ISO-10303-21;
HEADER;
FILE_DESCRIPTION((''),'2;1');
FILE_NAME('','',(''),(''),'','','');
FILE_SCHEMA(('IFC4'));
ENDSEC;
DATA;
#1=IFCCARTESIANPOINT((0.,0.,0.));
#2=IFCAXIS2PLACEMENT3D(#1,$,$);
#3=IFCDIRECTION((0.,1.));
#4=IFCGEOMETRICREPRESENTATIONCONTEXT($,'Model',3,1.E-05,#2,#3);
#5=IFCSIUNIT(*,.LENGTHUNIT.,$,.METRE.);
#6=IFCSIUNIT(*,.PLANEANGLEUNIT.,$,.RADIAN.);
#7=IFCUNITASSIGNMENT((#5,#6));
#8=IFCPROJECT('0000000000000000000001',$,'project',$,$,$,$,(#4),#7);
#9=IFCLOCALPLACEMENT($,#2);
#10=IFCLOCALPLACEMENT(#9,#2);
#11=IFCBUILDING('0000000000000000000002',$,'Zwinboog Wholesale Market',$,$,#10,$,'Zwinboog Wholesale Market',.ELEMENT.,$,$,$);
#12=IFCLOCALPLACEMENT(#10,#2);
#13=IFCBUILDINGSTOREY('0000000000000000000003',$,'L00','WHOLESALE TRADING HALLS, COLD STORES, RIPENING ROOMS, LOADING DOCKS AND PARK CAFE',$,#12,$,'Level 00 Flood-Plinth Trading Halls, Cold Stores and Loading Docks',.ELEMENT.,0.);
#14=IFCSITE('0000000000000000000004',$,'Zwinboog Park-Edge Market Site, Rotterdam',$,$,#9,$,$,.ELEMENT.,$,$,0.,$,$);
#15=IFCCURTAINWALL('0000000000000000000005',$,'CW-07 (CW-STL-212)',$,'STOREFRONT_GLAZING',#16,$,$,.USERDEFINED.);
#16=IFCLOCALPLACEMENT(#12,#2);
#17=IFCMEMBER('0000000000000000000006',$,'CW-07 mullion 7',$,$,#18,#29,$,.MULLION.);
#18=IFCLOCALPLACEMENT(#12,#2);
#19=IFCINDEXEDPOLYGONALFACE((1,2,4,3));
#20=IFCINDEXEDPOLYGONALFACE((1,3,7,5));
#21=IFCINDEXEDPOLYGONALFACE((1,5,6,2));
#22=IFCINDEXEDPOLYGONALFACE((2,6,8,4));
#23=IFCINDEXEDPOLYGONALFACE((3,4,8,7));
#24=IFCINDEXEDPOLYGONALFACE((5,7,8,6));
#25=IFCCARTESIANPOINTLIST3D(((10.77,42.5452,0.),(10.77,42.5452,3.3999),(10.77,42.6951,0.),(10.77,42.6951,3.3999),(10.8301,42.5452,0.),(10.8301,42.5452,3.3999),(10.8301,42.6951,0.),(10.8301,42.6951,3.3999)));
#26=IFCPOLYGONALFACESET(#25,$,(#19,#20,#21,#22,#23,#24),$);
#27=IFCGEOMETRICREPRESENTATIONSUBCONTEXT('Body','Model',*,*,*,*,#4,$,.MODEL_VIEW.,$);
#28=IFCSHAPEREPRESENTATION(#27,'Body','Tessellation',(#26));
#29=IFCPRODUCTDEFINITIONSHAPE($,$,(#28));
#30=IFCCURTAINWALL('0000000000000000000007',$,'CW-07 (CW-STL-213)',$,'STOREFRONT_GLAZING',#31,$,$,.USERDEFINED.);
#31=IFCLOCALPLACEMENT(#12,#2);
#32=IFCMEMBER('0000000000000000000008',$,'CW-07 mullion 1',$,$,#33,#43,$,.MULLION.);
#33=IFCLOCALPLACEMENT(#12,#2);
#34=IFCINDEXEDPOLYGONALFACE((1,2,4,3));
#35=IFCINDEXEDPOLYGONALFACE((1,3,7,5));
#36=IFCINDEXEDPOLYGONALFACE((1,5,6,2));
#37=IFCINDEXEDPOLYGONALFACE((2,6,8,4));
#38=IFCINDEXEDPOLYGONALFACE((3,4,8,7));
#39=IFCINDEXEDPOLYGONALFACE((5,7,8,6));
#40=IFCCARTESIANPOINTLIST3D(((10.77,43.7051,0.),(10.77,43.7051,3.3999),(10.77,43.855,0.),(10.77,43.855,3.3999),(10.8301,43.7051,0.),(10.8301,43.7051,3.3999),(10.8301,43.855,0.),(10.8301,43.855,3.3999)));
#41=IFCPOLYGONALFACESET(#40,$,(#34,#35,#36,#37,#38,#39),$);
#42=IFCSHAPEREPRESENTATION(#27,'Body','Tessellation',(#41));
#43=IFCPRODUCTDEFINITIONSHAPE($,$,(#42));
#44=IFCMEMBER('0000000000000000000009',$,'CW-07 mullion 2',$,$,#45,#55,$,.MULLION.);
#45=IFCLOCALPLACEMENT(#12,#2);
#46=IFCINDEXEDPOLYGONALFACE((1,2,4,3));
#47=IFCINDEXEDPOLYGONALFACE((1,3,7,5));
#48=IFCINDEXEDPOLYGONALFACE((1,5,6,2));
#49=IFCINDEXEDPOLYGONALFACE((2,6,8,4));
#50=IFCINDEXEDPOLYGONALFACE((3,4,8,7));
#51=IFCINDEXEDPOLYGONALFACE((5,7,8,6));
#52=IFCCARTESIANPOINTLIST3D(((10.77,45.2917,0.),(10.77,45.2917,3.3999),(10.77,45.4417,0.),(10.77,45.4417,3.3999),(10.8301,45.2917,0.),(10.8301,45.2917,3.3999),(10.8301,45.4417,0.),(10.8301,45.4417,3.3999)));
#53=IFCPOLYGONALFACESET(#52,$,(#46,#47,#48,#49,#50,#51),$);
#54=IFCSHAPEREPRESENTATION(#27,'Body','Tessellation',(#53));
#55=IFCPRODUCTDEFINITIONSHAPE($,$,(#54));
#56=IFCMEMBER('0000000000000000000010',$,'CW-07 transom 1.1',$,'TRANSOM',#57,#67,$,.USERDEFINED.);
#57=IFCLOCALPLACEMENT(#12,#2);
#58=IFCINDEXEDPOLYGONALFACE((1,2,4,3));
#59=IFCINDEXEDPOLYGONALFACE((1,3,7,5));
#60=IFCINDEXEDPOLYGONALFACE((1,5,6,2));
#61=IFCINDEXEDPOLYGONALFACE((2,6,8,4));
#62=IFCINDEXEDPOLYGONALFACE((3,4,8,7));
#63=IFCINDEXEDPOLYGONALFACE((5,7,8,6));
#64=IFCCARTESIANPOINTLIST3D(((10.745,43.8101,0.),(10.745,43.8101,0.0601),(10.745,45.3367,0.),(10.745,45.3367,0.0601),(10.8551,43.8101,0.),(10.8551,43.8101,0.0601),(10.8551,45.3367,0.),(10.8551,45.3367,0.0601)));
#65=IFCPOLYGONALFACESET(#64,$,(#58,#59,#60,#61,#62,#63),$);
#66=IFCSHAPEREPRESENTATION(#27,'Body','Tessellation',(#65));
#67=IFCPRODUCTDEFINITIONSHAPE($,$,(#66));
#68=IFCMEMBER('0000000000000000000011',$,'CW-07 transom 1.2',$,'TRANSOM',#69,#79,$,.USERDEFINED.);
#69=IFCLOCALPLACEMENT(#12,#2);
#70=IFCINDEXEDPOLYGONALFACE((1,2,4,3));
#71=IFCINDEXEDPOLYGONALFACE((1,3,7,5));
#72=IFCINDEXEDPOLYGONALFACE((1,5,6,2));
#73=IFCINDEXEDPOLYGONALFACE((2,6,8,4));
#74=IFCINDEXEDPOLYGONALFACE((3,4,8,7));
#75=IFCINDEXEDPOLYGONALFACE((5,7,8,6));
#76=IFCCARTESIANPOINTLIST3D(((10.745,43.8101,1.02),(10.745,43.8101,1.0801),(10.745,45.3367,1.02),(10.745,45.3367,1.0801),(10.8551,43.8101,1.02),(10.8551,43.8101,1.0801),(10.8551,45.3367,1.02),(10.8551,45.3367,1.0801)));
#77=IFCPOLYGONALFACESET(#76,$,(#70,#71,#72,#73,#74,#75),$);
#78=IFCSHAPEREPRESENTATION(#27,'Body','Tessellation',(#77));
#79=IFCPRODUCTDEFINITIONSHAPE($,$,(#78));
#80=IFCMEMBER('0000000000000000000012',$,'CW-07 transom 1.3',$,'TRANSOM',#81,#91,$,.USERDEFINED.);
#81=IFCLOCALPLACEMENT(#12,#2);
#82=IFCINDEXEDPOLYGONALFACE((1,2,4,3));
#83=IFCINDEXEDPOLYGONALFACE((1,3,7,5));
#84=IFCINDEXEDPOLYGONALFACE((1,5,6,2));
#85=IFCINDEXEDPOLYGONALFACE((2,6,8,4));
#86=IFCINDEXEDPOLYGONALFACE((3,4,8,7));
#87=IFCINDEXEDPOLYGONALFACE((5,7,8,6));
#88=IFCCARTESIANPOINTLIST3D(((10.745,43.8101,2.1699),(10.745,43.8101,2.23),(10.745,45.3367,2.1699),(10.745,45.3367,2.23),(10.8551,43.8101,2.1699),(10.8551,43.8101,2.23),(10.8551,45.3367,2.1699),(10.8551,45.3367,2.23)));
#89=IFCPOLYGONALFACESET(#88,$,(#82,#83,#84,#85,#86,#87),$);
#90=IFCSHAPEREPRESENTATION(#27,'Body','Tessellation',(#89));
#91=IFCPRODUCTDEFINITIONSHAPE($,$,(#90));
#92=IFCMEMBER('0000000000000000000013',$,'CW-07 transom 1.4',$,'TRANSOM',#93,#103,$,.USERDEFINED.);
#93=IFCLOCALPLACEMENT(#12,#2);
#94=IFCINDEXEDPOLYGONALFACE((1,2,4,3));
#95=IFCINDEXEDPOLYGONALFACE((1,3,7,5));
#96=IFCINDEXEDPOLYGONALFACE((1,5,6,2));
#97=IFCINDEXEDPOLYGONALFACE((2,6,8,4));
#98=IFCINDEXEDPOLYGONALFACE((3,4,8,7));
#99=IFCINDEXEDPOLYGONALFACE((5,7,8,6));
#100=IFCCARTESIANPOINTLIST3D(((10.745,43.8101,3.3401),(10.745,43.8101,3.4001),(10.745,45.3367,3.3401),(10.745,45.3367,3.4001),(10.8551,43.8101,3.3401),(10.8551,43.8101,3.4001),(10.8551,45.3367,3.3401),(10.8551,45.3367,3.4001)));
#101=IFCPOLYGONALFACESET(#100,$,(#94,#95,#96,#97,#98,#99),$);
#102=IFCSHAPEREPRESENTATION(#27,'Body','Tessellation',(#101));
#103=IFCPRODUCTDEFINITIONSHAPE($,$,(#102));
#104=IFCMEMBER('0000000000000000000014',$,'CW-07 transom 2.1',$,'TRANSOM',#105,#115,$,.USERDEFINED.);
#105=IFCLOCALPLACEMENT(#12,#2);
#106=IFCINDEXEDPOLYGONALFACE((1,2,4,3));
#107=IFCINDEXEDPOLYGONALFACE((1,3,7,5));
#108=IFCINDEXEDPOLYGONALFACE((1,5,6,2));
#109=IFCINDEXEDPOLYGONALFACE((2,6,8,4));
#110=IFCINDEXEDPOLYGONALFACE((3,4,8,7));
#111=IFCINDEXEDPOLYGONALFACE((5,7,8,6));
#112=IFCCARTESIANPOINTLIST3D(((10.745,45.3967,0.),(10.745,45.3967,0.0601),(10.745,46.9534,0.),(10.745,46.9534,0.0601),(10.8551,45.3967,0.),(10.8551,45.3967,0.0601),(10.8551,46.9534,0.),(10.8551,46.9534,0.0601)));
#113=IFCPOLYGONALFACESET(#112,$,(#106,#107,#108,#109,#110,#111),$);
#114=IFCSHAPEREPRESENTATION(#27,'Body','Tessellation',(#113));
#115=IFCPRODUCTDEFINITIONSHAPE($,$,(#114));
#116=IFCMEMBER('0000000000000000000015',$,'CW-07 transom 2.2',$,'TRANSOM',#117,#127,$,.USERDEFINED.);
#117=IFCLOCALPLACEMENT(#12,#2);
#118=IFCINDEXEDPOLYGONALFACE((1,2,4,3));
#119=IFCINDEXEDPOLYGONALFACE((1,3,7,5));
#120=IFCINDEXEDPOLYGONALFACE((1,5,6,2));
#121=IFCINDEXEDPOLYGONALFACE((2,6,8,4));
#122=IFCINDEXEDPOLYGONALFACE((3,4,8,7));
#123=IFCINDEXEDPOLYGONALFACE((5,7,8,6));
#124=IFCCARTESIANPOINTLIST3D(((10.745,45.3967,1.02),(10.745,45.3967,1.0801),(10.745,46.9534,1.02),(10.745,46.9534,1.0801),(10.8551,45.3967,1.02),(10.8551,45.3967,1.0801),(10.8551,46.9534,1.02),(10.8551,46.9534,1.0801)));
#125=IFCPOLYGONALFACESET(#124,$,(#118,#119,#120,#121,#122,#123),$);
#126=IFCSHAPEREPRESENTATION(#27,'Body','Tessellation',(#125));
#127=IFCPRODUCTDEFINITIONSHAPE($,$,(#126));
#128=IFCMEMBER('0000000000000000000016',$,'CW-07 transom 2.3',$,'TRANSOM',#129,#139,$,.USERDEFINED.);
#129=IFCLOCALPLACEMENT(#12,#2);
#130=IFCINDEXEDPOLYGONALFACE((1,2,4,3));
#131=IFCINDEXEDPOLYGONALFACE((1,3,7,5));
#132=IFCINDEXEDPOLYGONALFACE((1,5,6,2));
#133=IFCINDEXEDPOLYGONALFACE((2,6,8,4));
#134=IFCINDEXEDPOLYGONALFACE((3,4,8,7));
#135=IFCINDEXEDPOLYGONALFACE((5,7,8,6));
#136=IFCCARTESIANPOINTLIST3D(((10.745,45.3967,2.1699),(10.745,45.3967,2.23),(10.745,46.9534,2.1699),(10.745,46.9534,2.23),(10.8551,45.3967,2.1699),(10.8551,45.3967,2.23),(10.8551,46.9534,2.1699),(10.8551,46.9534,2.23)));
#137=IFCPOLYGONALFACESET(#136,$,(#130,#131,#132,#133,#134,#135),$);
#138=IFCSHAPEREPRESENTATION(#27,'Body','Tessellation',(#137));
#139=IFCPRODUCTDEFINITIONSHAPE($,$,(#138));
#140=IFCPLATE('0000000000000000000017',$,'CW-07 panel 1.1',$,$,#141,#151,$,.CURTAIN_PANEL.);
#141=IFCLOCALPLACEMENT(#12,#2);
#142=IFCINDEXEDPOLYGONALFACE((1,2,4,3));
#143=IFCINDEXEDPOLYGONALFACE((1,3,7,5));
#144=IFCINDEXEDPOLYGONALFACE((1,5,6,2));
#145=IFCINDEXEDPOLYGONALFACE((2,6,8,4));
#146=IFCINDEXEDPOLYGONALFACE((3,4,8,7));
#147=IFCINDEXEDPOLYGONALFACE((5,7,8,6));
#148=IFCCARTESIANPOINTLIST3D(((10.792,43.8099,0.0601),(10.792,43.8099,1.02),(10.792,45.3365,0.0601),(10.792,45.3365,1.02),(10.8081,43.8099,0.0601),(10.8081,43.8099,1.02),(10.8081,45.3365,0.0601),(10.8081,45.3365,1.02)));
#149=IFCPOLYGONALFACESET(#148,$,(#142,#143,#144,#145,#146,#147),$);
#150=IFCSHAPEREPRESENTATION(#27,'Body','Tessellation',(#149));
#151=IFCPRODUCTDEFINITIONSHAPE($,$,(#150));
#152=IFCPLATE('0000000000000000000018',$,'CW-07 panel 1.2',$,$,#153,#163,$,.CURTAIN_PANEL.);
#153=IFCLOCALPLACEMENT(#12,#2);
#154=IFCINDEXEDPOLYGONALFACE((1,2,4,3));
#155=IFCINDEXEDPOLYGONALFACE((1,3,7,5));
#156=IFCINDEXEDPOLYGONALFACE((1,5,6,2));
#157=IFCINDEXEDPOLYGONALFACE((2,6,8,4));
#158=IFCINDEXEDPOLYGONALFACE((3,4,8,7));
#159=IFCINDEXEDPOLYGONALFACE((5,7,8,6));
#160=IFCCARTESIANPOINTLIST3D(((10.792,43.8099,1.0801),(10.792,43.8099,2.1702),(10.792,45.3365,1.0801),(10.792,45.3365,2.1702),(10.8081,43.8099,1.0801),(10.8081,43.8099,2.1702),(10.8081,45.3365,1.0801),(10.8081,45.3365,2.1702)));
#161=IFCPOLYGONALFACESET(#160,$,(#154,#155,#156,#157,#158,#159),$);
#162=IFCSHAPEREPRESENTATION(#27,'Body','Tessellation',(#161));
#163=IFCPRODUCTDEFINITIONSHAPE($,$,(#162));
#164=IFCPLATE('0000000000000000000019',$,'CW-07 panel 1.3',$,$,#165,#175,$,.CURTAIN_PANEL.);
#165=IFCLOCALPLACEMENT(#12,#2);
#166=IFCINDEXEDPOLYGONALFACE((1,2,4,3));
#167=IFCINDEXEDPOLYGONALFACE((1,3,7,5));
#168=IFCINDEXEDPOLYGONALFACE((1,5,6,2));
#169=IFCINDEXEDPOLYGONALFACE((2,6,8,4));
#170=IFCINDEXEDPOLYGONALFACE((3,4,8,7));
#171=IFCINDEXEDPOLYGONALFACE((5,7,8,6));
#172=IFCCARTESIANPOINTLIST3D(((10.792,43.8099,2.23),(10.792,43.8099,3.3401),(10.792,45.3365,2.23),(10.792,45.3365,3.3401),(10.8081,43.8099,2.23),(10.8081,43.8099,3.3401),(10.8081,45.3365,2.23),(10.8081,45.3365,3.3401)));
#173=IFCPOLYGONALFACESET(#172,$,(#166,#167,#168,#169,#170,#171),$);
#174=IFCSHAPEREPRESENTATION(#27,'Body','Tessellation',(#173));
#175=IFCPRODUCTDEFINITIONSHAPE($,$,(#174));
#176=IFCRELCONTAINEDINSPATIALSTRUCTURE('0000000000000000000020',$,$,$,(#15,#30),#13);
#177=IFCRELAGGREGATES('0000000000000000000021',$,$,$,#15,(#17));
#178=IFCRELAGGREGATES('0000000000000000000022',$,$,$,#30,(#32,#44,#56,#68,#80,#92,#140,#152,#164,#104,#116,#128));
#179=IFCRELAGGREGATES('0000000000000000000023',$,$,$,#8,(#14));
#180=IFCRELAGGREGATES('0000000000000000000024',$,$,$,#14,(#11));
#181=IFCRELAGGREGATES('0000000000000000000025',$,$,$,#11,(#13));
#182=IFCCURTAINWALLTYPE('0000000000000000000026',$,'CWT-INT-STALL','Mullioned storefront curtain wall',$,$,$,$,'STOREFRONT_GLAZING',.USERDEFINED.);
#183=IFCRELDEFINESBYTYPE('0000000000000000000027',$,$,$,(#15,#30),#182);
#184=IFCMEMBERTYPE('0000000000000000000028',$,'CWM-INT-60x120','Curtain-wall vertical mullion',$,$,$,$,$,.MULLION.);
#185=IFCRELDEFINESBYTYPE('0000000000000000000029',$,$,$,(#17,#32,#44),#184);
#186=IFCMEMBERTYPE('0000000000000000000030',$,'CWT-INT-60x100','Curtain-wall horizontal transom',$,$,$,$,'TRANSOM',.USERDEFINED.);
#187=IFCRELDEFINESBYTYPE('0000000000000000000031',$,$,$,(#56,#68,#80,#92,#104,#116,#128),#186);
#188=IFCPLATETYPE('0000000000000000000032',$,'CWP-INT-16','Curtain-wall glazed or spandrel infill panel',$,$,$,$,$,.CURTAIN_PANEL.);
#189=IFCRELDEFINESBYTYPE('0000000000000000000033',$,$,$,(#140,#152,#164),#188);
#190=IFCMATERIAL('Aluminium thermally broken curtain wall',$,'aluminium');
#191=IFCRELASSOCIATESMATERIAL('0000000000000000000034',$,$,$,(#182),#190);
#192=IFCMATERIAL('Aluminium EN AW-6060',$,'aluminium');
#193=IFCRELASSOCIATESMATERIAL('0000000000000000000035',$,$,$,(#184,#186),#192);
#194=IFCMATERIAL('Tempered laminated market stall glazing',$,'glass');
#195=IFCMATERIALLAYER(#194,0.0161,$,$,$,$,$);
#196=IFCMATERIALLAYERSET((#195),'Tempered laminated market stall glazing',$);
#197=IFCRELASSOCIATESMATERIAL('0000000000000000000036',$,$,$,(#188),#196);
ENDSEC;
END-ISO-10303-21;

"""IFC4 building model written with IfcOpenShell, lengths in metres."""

from ifc_helpers import new_model, si_unit, direction, frame, origin, origin_2d, place, context, subcontext, project, spatial, rectangle, extrude, material, layer, layer_set, material_profile, profile_set, type_object, element, aggregate, save


model = new_model("IFC4")

# Units and contexts
model_context = context("Model", 3, precision=1e-05, world=origin(), true_north=direction((0.0, 1.0)))
body_context = subcontext(model_context, "Body", "Model", "MODEL_VIEW")
ifc_project = project(units=[si_unit("LENGTHUNIT", "METRE"), si_unit("PLANEANGLEUNIT", "RADIAN")], contexts=[model_context])

# Site, building, storey
site_placement = place(None, origin())
site = spatial("IfcSite", under=ifc_project, at=site_placement, Name="Zwinboog Park-Edge Market Site, Rotterdam", CompositionType="ELEMENT", RefElevation=0.0)
building_placement = place(site_placement, origin())
building = spatial("IfcBuilding", under=site, at=building_placement, Name="Zwinboog Wholesale Market", LongName="Zwinboog Wholesale Market", CompositionType="ELEMENT")
storey_placement = place(building_placement, origin())
storey = spatial("IfcBuildingStorey", under=building, at=storey_placement, Name="L00", Description="WHOLESALE TRADING HALLS, COLD STORES, RIPENING ROOMS, LOADING DOCKS AND PARK CAFE", LongName="Level 00 Flood-Plinth Trading Halls, Cold Stores and Loading Docks", CompositionType="ELEMENT", Elevation=0.0)

# Curtain wall, member
ifc_material_1 = material(Name="Aluminium thermally broken curtain wall", Category="aluminium")
curtain_wall_type = type_object("IfcCurtainWallType", Name="CWT-INT-STALL", Description="Mullioned storefront curtain wall", ElementType="STOREFRONT_GLAZING", PredefinedType="USERDEFINED", material=ifc_material_1)
curtain_wall_1_placement = place(storey_placement, origin())
curtain_wall_1 = element("IfcCurtainWall", 1, at=curtain_wall_1_placement, inside=storey, type_object=curtain_wall_type, Name="CW-07 (CW-STL-212)", ObjectType="STOREFRONT_GLAZING", PredefinedType="USERDEFINED")
ifc_material_2 = material(Name="Aluminium EN AW-6060", Category="aluminium")
ifc_material_profile_1 = material_profile(ifc_material_2, rectangle(XDim=0.0601, YDim=0.1499, at=origin_2d()), Name="AL 60x150")
ifc_profile_set_1 = profile_set([ifc_material_profile_1], Name="Aluminium EN AW-6060")
member_type_1 = type_object("IfcMemberType", Name="CWM-INT-60x120", Description="Curtain-wall vertical mullion", PredefinedType="MULLION", material=ifc_profile_set_1)
member_1_placement = place(storey_placement, frame((10.8, 42.6201, 0.0), z_axis=(0.0, 0.0, 1.0), x_axis=(-1.0, 0.0, 0.0)))
member_1 = element("IfcMember", 2, at=member_1_placement, type_object=member_type_1, Name="CW-07 mullion 7", PredefinedType="MULLION", context=body_context, shape_type="SweptSolid", body=[
    extrude(rectangle(XDim=0.0601, YDim=0.1499, at=origin_2d()), origin(), (0.0, 0.0, 1.0), 3.3999),
])
aggregate(curtain_wall_1, [member_1])

# Curtain wall, members, plates
curtain_wall_2_placement = place(storey_placement, origin())
curtain_wall_2 = element("IfcCurtainWall", 3, at=curtain_wall_2_placement, inside=storey, type_object=curtain_wall_type, Name="CW-07 (CW-STL-213)", ObjectType="STOREFRONT_GLAZING", PredefinedType="USERDEFINED")
member_2_placement = place(storey_placement, frame((10.8, 43.78, 0.0), z_axis=(0.0, 0.0, 1.0), x_axis=(-1.0, 0.0, 0.0)))
member_2 = element("IfcMember", 4, at=member_2_placement, type_object=member_type_1, Name="CW-07 mullion 1", PredefinedType="MULLION", context=body_context, shape_type="SweptSolid", body=[
    extrude(rectangle(XDim=0.0601, YDim=0.1499, at=origin_2d()), origin(), (0.0, 0.0, 1.0), 3.3999),
])
member_3_placement = place(storey_placement, frame((10.8, 45.3667, 0.0), z_axis=(0.0, 0.0, 1.0), x_axis=(-1.0, 0.0, 0.0)))
member_3 = element("IfcMember", 5, at=member_3_placement, type_object=member_type_1, Name="CW-07 mullion 2", PredefinedType="MULLION", context=body_context, shape_type="SweptSolid", body=[
    extrude(rectangle(XDim=0.0601, YDim=0.1499, at=origin_2d()), origin(), (0.0, 0.0, 1.0), 3.3999),
])
ifc_material_profile_2 = material_profile(ifc_material_2, rectangle(XDim=0.1101, YDim=0.0601, at=origin_2d()), Name="AL 60x110")
ifc_profile_set_2 = profile_set([ifc_material_profile_2], Name="Aluminium EN AW-6060")
member_type_2 = type_object("IfcMemberType", Name="CWT-INT-60x100", Description="Curtain-wall horizontal transom", ElementType="TRANSOM", PredefinedType="USERDEFINED", material=ifc_profile_set_2)
member_4_placement = place(storey_placement, frame((10.8, 43.8101, 0.03), z_axis=(0.0, 1.0, 0.0), x_axis=(-1.0, 0.0, 0.0)))
member_4 = element("IfcMember", 6, at=member_4_placement, type_object=member_type_2, Name="CW-07 transom 1.1", ObjectType="TRANSOM", PredefinedType="USERDEFINED", context=body_context, shape_type="SweptSolid", body=[
    extrude(rectangle(XDim=0.1101, YDim=0.0601, at=origin_2d()), origin(), (0.0, 0.0, 1.0), 1.5266),
])
member_5_placement = place(storey_placement, frame((10.8, 43.8101, 1.05), z_axis=(0.0, 1.0, 0.0), x_axis=(-1.0, 0.0, 0.0)))
member_5 = element("IfcMember", 7, at=member_5_placement, type_object=member_type_2, Name="CW-07 transom 1.2", ObjectType="TRANSOM", PredefinedType="USERDEFINED", context=body_context, shape_type="SweptSolid", body=[
    extrude(rectangle(XDim=0.1101, YDim=0.0601, at=origin_2d()), origin(), (0.0, 0.0, 1.0), 1.5266),
])
member_6_placement = place(storey_placement, frame((10.8, 43.8101, 2.2), z_axis=(0.0, 1.0, 0.0), x_axis=(-1.0, 0.0, 0.0)))
member_6 = element("IfcMember", 8, at=member_6_placement, type_object=member_type_2, Name="CW-07 transom 1.3", ObjectType="TRANSOM", PredefinedType="USERDEFINED", context=body_context, shape_type="SweptSolid", body=[
    extrude(rectangle(XDim=0.1101, YDim=0.0601, at=origin_2d()), origin(), (0.0, 0.0, 1.0), 1.5266),
])
member_7_placement = place(storey_placement, frame((10.8, 43.8101, 3.3701), z_axis=(0.0, 1.0, 0.0), x_axis=(-1.0, 0.0, 0.0)))
member_7 = element("IfcMember", 9, at=member_7_placement, type_object=member_type_2, Name="CW-07 transom 1.4", ObjectType="TRANSOM", PredefinedType="USERDEFINED", context=body_context, shape_type="SweptSolid", body=[
    extrude(rectangle(XDim=0.1101, YDim=0.0601, at=origin_2d()), origin(), (0.0, 0.0, 1.0), 1.5266),
])
member_8_placement = place(storey_placement, frame((10.8, 45.3967, 0.03), z_axis=(0.0, 1.0, 0.0), x_axis=(-1.0, 0.0, 0.0)))
member_8 = element("IfcMember", 10, at=member_8_placement, type_object=member_type_2, Name="CW-07 transom 2.1", ObjectType="TRANSOM", PredefinedType="USERDEFINED", context=body_context, shape_type="SweptSolid", body=[
    extrude(rectangle(XDim=0.1101, YDim=0.0601, at=origin_2d()), origin(), (0.0, 0.0, 1.0), 1.5566),
])
member_9_placement = place(storey_placement, frame((10.8, 45.3967, 1.05), z_axis=(0.0, 1.0, 0.0), x_axis=(-1.0, 0.0, 0.0)))
member_9 = element("IfcMember", 11, at=member_9_placement, type_object=member_type_2, Name="CW-07 transom 2.2", ObjectType="TRANSOM", PredefinedType="USERDEFINED", context=body_context, shape_type="SweptSolid", body=[
    extrude(rectangle(XDim=0.1101, YDim=0.0601, at=origin_2d()), origin(), (0.0, 0.0, 1.0), 1.5566),
])
member_10_placement = place(storey_placement, frame((10.8, 45.3967, 2.2), z_axis=(0.0, 1.0, 0.0), x_axis=(-1.0, 0.0, 0.0)))
member_10 = element("IfcMember", 12, at=member_10_placement, type_object=member_type_2, Name="CW-07 transom 2.3", ObjectType="TRANSOM", PredefinedType="USERDEFINED", context=body_context, shape_type="SweptSolid", body=[
    extrude(rectangle(XDim=0.1101, YDim=0.0601, at=origin_2d()), origin(), (0.0, 0.0, 1.0), 1.5566),
])
ifc_material_3 = material(Name="Tempered laminated market stall glazing", Category="glass")
ifc_layer = layer(ifc_material_3, 0.0161)
ifc_layer_set = layer_set([ifc_layer], Name="Tempered laminated market stall glazing")
plate_type = type_object("IfcPlateType", Name="CWP-INT-16", Description="Curtain-wall glazed or spandrel infill panel", PredefinedType="CURTAIN_PANEL", material=ifc_layer_set)
plate_1_placement = place(storey_placement, frame((10.8, 44.5732, 0.0601), z_axis=(0.0, 0.0, 1.0), x_axis=(0.0, 1.0, 0.0)))
plate_1 = element("IfcPlate", 13, at=plate_1_placement, type_object=plate_type, Name="CW-07 panel 1.1", PredefinedType="CURTAIN_PANEL", context=body_context, shape_type="SweptSolid", body=[
    extrude(rectangle(XDim=1.5266, YDim=0.0161, at=origin_2d()), origin(), (0.0, 0.0, 1.0), 0.96),
])
plate_2_placement = place(storey_placement, frame((10.8, 44.5732, 1.0801), z_axis=(0.0, 0.0, 1.0), x_axis=(0.0, 1.0, 0.0)))
plate_2 = element("IfcPlate", 14, at=plate_2_placement, type_object=plate_type, Name="CW-07 panel 1.2", PredefinedType="CURTAIN_PANEL", context=body_context, shape_type="SweptSolid", body=[
    extrude(rectangle(XDim=1.5266, YDim=0.0161, at=origin_2d()), origin(), (0.0, 0.0, 1.0), 1.0901),
])
plate_3_placement = place(storey_placement, frame((10.8, 44.5732, 2.23), z_axis=(0.0, 0.0, 1.0), x_axis=(0.0, 1.0, 0.0)))
plate_3 = element("IfcPlate", 15, at=plate_3_placement, type_object=plate_type, Name="CW-07 panel 1.3", PredefinedType="CURTAIN_PANEL", context=body_context, shape_type="SweptSolid", body=[
    extrude(rectangle(XDim=1.5266, YDim=0.0161, at=origin_2d()), origin(), (0.0, 0.0, 1.0), 1.1101),
])
aggregate(curtain_wall_2, [member_2, member_3, member_4, member_5, member_6, member_7, plate_1, plate_2, plate_3, member_8, member_9, member_10])

save(model, "model.ifc")
